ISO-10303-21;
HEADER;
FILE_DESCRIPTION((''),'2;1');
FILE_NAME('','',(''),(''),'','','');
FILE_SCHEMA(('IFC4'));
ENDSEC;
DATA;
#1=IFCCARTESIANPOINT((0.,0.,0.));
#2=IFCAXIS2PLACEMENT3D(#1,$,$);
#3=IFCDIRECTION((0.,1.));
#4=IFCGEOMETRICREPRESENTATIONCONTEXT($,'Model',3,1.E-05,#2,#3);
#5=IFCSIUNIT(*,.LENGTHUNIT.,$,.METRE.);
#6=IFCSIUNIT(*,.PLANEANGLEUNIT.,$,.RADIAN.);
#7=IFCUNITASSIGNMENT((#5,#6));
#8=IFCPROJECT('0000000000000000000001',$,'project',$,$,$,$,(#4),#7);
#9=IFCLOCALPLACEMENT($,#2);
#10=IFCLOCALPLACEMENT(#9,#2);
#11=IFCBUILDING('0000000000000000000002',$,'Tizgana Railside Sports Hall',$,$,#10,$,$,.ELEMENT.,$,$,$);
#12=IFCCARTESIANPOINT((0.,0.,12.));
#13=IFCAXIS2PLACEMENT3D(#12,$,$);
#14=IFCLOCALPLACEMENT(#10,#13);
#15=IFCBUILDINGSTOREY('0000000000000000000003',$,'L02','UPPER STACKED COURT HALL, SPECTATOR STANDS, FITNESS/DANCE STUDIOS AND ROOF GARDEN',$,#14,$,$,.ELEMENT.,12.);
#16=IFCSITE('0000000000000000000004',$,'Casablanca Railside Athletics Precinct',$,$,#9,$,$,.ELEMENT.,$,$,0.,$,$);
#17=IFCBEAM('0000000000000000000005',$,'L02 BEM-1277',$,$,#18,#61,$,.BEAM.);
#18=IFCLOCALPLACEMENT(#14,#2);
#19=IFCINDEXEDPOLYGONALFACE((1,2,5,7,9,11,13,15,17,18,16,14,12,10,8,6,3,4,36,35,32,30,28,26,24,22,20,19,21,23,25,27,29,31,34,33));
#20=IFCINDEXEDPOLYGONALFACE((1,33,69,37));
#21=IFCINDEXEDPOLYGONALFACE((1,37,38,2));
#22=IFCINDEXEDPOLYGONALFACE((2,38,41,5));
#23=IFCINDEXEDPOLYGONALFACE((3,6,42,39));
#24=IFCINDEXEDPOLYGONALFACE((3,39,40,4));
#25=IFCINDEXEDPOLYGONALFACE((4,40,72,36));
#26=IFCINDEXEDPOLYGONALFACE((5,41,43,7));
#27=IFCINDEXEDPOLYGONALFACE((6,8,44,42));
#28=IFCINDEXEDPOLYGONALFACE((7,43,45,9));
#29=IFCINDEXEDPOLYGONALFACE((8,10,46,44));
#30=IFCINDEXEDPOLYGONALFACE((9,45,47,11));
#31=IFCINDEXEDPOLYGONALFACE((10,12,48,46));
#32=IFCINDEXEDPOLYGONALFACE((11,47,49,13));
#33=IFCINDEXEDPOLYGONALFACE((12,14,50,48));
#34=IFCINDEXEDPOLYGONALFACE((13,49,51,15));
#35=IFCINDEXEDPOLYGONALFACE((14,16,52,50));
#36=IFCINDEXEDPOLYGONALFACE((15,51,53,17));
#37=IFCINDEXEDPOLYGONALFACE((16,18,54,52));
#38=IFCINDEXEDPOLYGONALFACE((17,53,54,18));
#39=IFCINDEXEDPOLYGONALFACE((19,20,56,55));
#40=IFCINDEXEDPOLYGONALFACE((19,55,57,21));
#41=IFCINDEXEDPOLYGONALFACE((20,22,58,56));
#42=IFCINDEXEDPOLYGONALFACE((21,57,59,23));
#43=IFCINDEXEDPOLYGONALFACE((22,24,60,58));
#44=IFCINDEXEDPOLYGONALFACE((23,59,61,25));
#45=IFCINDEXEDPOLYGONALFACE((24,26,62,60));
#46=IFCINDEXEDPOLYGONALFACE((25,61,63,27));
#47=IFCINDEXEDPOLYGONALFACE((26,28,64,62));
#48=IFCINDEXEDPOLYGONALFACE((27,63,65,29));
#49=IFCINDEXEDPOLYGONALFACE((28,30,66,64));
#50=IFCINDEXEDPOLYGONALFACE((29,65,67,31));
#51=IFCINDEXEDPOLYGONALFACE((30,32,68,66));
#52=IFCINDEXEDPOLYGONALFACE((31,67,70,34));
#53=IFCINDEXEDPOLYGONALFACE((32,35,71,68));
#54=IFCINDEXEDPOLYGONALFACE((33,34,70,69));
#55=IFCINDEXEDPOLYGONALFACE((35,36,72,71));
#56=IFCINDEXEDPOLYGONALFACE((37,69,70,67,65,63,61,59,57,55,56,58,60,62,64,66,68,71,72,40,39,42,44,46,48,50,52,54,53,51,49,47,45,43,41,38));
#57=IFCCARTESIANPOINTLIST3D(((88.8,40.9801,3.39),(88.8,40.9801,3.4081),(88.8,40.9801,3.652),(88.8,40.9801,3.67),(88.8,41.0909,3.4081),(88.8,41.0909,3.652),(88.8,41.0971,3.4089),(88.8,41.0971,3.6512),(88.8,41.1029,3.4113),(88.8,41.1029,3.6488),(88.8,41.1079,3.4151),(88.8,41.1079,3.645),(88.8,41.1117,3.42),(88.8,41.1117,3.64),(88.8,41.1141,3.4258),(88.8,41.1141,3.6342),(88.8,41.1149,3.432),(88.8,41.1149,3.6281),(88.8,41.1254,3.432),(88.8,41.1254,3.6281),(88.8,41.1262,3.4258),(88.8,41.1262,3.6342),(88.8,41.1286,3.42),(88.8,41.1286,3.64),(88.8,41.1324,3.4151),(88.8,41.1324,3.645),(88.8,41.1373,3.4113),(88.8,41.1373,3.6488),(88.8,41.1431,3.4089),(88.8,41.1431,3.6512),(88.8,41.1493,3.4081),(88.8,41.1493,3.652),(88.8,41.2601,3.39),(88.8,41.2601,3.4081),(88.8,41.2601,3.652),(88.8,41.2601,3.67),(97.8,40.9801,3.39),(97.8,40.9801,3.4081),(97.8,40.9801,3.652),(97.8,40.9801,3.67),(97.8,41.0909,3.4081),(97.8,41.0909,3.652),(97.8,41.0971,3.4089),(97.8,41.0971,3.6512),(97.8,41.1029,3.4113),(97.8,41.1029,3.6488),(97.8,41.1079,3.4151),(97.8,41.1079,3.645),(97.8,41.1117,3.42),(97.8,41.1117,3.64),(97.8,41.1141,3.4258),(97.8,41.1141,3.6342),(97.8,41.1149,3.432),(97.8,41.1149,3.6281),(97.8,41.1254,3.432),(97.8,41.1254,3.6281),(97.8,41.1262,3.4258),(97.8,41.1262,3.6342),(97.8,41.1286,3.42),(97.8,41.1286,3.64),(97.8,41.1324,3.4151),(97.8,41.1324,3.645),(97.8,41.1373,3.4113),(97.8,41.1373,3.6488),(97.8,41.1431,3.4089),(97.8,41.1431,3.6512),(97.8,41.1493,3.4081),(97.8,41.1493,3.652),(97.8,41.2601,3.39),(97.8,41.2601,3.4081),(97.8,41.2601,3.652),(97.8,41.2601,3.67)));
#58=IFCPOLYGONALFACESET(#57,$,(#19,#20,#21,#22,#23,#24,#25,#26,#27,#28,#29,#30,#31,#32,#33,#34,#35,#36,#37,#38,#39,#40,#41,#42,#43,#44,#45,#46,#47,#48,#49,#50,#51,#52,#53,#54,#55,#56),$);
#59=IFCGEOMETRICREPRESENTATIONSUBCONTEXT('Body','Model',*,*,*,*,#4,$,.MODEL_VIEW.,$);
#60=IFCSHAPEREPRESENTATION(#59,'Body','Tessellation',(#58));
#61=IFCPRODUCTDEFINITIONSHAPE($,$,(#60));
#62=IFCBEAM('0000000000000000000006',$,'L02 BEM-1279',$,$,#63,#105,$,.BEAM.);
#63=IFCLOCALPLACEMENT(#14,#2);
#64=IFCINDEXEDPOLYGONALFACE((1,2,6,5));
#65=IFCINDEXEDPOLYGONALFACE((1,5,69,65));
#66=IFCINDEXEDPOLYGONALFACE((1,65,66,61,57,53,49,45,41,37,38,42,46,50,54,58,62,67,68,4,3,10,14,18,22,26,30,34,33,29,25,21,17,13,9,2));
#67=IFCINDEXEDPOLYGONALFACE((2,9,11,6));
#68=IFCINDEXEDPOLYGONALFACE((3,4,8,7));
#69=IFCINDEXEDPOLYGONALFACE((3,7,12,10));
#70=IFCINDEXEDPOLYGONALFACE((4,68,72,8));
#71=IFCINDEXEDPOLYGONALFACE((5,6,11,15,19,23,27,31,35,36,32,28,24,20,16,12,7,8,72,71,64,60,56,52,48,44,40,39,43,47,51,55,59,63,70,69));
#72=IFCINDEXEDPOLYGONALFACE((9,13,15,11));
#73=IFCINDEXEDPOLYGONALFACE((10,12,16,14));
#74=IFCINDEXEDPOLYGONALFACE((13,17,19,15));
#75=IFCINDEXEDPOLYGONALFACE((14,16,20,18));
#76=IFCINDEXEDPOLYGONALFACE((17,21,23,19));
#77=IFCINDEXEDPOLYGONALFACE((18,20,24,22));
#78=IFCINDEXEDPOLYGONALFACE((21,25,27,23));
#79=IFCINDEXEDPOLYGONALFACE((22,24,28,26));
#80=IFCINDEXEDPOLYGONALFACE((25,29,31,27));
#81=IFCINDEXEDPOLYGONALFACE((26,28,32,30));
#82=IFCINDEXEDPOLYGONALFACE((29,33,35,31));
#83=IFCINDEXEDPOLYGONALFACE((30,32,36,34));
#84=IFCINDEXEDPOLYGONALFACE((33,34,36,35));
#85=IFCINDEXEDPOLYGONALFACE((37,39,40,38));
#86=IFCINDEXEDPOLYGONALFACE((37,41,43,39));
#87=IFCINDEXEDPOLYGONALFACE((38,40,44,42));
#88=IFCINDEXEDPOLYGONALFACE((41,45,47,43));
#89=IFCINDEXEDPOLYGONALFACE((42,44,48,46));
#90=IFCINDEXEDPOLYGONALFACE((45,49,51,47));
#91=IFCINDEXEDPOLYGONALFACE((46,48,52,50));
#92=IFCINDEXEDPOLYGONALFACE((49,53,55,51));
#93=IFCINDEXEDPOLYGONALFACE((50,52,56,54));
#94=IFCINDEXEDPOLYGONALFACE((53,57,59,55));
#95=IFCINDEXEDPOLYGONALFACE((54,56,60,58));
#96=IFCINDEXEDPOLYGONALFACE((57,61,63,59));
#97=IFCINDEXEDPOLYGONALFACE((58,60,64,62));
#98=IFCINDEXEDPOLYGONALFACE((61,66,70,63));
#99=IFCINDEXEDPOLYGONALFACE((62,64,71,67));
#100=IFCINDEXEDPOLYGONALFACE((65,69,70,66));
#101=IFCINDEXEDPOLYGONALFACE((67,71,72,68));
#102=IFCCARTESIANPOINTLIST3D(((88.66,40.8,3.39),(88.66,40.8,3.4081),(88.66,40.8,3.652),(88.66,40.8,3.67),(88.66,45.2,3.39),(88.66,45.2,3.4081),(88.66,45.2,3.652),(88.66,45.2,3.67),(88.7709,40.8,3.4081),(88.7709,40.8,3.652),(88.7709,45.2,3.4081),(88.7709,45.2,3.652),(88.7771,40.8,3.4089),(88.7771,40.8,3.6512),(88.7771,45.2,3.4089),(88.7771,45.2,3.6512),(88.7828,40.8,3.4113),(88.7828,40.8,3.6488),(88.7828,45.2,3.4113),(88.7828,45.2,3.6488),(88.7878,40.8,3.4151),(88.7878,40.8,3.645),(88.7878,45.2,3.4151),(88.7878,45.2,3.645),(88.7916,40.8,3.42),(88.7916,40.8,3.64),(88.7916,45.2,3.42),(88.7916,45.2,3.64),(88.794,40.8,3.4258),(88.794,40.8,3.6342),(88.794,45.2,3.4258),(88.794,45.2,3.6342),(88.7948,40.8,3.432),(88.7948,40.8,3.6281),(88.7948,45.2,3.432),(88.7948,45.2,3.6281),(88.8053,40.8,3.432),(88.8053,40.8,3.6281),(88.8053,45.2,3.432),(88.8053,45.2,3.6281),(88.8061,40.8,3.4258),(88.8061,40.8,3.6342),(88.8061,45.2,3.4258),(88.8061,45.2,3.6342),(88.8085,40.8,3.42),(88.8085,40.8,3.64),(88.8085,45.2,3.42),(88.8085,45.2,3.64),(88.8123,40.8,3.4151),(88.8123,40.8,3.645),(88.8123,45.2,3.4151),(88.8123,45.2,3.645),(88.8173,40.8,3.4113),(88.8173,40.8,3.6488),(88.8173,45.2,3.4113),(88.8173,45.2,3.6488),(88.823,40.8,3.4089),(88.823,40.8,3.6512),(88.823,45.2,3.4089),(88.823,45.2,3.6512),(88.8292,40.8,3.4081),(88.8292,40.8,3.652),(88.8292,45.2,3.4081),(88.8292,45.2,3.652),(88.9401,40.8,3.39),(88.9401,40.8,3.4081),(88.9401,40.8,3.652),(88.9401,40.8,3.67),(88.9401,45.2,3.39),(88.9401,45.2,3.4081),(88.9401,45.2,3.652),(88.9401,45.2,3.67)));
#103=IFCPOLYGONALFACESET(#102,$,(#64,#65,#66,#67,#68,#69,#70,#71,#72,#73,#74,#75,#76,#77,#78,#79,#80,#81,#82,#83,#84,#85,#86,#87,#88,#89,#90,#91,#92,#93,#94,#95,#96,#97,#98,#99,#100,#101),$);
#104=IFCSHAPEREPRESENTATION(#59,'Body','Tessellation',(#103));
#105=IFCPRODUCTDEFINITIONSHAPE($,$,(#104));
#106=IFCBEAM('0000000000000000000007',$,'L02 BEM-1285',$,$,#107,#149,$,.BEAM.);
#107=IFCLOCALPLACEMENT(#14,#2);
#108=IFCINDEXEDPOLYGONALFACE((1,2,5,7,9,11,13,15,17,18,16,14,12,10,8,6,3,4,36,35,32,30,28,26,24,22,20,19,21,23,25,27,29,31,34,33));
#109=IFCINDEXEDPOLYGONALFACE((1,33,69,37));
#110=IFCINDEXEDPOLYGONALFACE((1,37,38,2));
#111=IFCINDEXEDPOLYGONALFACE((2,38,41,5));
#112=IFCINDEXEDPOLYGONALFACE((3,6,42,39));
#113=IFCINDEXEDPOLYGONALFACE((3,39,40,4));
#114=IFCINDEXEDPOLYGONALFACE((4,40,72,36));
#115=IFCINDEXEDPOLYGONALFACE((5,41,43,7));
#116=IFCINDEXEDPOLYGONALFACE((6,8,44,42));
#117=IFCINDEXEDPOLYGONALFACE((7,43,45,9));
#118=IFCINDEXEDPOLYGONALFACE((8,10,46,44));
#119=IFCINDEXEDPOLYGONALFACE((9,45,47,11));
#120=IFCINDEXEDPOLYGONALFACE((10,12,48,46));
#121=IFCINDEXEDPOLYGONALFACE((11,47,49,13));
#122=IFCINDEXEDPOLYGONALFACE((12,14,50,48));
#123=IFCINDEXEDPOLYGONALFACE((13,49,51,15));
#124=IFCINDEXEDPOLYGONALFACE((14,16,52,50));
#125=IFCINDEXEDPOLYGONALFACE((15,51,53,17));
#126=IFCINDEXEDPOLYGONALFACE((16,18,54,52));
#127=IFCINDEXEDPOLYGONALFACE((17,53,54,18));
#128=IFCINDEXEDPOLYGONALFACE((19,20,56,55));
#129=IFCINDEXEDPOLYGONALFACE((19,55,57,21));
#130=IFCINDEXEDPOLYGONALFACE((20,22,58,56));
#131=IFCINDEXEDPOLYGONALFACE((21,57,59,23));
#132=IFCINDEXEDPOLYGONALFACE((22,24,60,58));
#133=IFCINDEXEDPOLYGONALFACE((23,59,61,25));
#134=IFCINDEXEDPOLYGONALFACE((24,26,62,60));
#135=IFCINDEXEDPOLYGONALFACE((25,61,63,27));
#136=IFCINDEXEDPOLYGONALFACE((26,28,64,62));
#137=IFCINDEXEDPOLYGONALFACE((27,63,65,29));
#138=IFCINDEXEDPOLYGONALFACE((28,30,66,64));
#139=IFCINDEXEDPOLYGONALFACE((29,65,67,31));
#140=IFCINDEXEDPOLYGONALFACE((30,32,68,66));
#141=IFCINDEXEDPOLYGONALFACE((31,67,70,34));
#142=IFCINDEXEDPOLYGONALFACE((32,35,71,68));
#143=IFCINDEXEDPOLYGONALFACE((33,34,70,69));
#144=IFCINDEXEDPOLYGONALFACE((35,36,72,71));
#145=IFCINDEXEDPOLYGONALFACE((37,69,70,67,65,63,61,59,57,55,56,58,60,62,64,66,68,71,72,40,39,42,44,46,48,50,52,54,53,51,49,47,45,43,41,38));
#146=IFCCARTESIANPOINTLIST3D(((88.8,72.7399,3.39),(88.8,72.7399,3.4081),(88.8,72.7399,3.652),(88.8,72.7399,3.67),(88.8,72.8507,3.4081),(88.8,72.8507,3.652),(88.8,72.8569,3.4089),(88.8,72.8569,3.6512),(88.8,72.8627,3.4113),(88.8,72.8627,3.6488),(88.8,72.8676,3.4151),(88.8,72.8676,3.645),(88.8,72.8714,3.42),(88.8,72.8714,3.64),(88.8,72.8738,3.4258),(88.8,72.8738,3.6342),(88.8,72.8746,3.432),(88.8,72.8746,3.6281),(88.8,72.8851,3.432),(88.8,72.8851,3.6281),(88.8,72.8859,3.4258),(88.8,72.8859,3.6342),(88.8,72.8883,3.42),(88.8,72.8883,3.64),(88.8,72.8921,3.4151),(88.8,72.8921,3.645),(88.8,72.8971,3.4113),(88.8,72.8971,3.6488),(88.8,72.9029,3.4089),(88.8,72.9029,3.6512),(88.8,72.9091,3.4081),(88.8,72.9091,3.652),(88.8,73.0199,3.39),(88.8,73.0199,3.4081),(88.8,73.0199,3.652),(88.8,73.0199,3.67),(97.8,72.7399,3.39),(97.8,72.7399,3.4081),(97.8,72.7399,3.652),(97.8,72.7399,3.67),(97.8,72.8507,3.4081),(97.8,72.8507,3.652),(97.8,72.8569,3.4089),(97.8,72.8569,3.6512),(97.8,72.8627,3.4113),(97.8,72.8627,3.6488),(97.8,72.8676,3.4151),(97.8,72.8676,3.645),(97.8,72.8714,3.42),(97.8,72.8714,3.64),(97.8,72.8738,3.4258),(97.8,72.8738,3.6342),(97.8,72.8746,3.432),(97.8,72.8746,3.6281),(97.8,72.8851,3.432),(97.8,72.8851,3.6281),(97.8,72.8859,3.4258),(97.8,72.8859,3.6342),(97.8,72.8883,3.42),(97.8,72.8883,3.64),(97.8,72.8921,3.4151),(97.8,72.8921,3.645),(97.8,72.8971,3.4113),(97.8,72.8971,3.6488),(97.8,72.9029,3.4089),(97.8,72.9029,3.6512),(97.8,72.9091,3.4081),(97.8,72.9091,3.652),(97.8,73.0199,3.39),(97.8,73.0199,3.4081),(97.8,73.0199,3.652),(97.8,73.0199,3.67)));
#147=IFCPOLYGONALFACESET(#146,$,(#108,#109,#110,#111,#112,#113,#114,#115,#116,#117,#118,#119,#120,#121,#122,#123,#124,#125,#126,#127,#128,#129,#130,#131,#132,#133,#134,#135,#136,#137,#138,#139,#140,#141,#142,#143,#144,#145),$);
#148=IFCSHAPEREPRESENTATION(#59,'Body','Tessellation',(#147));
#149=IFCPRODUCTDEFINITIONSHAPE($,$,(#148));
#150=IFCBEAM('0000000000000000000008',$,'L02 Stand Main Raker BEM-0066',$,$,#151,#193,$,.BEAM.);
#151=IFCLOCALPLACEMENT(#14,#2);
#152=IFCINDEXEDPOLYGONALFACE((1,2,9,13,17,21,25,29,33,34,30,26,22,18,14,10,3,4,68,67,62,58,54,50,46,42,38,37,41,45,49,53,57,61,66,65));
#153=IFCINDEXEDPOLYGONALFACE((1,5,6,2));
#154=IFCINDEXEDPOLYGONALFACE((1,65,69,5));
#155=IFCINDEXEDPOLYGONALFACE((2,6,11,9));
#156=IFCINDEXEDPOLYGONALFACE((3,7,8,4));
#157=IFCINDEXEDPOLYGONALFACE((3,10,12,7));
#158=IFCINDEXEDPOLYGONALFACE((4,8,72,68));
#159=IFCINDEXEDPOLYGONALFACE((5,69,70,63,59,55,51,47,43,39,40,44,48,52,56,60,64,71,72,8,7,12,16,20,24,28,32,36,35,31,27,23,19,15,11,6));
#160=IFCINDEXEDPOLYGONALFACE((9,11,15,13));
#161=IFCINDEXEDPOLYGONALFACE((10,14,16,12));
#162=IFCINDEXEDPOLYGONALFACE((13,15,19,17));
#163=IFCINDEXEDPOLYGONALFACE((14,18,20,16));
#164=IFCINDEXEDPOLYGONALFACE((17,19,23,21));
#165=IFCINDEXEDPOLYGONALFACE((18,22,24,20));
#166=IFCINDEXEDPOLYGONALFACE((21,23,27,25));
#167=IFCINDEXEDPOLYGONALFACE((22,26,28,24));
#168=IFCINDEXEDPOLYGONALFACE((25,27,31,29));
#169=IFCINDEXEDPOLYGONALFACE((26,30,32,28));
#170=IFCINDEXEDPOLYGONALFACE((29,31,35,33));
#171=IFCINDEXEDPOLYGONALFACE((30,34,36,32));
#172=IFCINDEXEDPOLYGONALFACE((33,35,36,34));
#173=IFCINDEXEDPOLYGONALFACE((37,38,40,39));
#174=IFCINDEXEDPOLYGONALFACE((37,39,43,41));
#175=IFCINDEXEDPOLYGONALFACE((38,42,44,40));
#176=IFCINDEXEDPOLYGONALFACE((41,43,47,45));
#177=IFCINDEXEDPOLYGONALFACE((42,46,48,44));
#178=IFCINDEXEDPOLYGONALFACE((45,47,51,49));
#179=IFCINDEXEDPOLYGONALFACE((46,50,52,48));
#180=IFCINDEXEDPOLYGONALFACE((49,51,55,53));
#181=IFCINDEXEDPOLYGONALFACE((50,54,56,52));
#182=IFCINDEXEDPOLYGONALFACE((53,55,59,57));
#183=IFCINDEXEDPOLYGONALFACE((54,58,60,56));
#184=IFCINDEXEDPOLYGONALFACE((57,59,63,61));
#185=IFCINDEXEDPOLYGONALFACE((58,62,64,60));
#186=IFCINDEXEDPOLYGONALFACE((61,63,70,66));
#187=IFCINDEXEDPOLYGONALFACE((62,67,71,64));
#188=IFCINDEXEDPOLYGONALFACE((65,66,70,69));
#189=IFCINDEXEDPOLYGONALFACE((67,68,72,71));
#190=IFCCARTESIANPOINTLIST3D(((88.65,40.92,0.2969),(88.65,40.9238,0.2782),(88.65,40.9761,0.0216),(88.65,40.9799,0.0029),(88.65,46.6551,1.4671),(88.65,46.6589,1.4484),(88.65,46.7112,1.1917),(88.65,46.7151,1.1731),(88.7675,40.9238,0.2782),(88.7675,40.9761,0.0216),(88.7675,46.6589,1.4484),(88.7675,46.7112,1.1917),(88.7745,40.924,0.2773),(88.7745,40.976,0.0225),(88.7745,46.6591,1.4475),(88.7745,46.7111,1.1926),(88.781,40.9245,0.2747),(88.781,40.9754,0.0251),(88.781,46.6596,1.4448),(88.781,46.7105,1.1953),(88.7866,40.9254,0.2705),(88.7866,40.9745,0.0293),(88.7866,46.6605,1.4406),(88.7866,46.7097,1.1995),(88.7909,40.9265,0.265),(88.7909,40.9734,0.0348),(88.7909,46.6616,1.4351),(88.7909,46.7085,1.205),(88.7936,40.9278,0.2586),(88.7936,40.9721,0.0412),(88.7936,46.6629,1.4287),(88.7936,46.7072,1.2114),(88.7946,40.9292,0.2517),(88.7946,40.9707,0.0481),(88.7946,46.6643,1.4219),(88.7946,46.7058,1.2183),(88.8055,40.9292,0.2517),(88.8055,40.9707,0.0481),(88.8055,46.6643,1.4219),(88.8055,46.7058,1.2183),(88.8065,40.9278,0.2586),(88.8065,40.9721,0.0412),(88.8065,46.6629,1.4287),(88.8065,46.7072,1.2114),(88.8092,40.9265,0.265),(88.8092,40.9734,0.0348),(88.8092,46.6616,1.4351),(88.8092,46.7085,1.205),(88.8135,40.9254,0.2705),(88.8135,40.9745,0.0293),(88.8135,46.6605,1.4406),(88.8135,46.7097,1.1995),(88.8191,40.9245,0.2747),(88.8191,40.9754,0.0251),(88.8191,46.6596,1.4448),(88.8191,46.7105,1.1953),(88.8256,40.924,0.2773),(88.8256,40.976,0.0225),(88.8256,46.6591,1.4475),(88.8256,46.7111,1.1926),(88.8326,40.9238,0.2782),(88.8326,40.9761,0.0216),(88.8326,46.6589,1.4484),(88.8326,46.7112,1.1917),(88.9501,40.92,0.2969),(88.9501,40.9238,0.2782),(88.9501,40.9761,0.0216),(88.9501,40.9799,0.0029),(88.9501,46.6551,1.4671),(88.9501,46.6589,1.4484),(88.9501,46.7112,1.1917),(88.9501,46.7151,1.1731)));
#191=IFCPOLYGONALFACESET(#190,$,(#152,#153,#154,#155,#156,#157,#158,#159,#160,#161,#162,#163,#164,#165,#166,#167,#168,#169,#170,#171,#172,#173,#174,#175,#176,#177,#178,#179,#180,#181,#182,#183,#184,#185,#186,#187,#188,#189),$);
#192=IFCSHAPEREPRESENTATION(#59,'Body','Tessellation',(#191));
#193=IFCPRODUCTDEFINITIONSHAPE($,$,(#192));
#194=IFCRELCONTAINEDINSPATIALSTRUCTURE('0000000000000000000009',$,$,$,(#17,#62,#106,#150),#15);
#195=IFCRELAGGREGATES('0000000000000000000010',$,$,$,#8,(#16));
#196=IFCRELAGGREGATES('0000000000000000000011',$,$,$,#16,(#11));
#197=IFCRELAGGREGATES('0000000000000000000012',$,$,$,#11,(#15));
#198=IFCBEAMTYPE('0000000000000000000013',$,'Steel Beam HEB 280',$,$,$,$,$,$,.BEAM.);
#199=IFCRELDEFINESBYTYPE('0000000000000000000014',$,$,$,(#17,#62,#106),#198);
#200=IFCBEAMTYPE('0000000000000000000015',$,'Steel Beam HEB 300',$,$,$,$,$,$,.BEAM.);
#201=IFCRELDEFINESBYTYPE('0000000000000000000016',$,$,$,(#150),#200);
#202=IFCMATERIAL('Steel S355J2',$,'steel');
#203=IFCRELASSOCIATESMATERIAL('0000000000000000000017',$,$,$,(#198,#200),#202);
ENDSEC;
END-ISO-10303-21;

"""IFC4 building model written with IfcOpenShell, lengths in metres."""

from ifc_helpers import new_model, si_unit, direction, frame, origin, origin_2d, place, context, subcontext, project, spatial, i_section, extrude, material, material_profile, profile_set, type_object, element, save


model = new_model("IFC4")

# Units and contexts
model_context = context("Model", 3, precision=1e-05, world=origin(), true_north=direction((0.0, 1.0)))
body_context = subcontext(model_context, "Body", "Model", "MODEL_VIEW")
ifc_project = project(units=[si_unit("LENGTHUNIT", "METRE"), si_unit("PLANEANGLEUNIT", "RADIAN")], contexts=[model_context])

# Site, building, storey
site_placement = place(None, origin())
site = spatial("IfcSite", under=ifc_project, at=site_placement, Name="Casablanca Railside Athletics Precinct", CompositionType="ELEMENT", RefElevation=0.0)
building_placement = place(site_placement, origin())
building = spatial("IfcBuilding", under=site, at=building_placement, Name="Tizgana Railside Sports Hall", CompositionType="ELEMENT")
storey_placement = place(building_placement, frame((0.0, 0.0, 12.0)))
storey = spatial("IfcBuildingStorey", under=building, at=storey_placement, Name="L02", Description="UPPER STACKED COURT HALL, SPECTATOR STANDS, FITNESS/DANCE STUDIOS AND ROOF GARDEN", CompositionType="ELEMENT", Elevation=12.0)

# Beams
ifc_material_1 = material(Name="Steel S355J2", Category="steel")
ifc_material_profile_1 = material_profile(ifc_material_1, i_section(OverallWidth=0.28, OverallDepth=0.28, WebThickness=0.0105, FlangeThickness=0.0181, FilletRadius=0.0239, at=origin_2d()), Name="HEB 280")
ifc_profile_set_1 = profile_set([ifc_material_profile_1], Name="Steel S355J2")
beam_type_1 = type_object("IfcBeamType", Name="Steel Beam HEB 280", PredefinedType="BEAM", material=ifc_profile_set_1)
beam_1_placement = place(storey_placement, frame((88.8, 41.1201, 3.53), z_axis=(1.0, 0.0, 0.0), x_axis=(0.0, 1.0, 0.0)))
element("IfcBeam", 1, at=beam_1_placement, inside=storey, type_object=beam_type_1, Name="L02 BEM-1277", PredefinedType="BEAM", context=body_context, shape_type="SweptSolid", body=[
    extrude(i_section(OverallWidth=0.28, OverallDepth=0.28, WebThickness=0.0105, FlangeThickness=0.0181, FilletRadius=0.0239, at=origin_2d()), origin(), (0.0, 0.0, 1.0), 9.0),
])
beam_2_placement = place(storey_placement, frame((88.8, 40.8, 3.53), z_axis=(0.0, 1.0, 0.0), x_axis=(-1.0, 0.0, 0.0)))
element("IfcBeam", 2, at=beam_2_placement, inside=storey, type_object=beam_type_1, Name="L02 BEM-1279", PredefinedType="BEAM", context=body_context, shape_type="SweptSolid", body=[
    extrude(i_section(OverallWidth=0.28, OverallDepth=0.28, WebThickness=0.0105, FlangeThickness=0.0181, FilletRadius=0.0239, at=origin_2d()), origin(), (0.0, 0.0, 1.0), 4.3999),
])
beam_3_placement = place(storey_placement, frame((88.8, 72.8799, 3.53), z_axis=(1.0, 0.0, 0.0), x_axis=(0.0, 1.0, 0.0)))
element("IfcBeam", 3, at=beam_3_placement, inside=storey, type_object=beam_type_1, Name="L02 BEM-1285", PredefinedType="BEAM", context=body_context, shape_type="SweptSolid", body=[
    extrude(i_section(OverallWidth=0.28, OverallDepth=0.28, WebThickness=0.0105, FlangeThickness=0.0181, FilletRadius=0.0239, at=origin_2d()), origin(), (0.0, 0.0, 1.0), 9.0),
])
ifc_material_profile_2 = material_profile(ifc_material_1, i_section(OverallWidth=0.3, OverallDepth=0.3, WebThickness=0.011, FlangeThickness=0.019, FilletRadius=0.0271, at=origin_2d()), Name="HEB 300")
ifc_profile_set_2 = profile_set([ifc_material_profile_2], Name="Steel S355J2")
beam_type_2 = type_object("IfcBeamType", Name="Steel Beam HEB 300", PredefinedType="BEAM", material=ifc_profile_set_2)
beam_4_placement = place(storey_placement, frame((88.8, 40.95, 0.1499), z_axis=(0.0, 0.979813, 0.199917), x_axis=(-1.0, 0.0, 0.0)))
element("IfcBeam", 4, at=beam_4_placement, inside=storey, type_object=beam_type_2, Name="L02 Stand Main Raker BEM-0066", PredefinedType="BEAM", context=body_context, shape_type="SweptSolid", body=[
    extrude(i_section(OverallWidth=0.3, OverallDepth=0.3, WebThickness=0.011, FlangeThickness=0.019, FilletRadius=0.0271, at=origin_2d()), origin(), (0.0, 0.0, 1.0), 5.8533),
])

save(model, "model.ifc")
